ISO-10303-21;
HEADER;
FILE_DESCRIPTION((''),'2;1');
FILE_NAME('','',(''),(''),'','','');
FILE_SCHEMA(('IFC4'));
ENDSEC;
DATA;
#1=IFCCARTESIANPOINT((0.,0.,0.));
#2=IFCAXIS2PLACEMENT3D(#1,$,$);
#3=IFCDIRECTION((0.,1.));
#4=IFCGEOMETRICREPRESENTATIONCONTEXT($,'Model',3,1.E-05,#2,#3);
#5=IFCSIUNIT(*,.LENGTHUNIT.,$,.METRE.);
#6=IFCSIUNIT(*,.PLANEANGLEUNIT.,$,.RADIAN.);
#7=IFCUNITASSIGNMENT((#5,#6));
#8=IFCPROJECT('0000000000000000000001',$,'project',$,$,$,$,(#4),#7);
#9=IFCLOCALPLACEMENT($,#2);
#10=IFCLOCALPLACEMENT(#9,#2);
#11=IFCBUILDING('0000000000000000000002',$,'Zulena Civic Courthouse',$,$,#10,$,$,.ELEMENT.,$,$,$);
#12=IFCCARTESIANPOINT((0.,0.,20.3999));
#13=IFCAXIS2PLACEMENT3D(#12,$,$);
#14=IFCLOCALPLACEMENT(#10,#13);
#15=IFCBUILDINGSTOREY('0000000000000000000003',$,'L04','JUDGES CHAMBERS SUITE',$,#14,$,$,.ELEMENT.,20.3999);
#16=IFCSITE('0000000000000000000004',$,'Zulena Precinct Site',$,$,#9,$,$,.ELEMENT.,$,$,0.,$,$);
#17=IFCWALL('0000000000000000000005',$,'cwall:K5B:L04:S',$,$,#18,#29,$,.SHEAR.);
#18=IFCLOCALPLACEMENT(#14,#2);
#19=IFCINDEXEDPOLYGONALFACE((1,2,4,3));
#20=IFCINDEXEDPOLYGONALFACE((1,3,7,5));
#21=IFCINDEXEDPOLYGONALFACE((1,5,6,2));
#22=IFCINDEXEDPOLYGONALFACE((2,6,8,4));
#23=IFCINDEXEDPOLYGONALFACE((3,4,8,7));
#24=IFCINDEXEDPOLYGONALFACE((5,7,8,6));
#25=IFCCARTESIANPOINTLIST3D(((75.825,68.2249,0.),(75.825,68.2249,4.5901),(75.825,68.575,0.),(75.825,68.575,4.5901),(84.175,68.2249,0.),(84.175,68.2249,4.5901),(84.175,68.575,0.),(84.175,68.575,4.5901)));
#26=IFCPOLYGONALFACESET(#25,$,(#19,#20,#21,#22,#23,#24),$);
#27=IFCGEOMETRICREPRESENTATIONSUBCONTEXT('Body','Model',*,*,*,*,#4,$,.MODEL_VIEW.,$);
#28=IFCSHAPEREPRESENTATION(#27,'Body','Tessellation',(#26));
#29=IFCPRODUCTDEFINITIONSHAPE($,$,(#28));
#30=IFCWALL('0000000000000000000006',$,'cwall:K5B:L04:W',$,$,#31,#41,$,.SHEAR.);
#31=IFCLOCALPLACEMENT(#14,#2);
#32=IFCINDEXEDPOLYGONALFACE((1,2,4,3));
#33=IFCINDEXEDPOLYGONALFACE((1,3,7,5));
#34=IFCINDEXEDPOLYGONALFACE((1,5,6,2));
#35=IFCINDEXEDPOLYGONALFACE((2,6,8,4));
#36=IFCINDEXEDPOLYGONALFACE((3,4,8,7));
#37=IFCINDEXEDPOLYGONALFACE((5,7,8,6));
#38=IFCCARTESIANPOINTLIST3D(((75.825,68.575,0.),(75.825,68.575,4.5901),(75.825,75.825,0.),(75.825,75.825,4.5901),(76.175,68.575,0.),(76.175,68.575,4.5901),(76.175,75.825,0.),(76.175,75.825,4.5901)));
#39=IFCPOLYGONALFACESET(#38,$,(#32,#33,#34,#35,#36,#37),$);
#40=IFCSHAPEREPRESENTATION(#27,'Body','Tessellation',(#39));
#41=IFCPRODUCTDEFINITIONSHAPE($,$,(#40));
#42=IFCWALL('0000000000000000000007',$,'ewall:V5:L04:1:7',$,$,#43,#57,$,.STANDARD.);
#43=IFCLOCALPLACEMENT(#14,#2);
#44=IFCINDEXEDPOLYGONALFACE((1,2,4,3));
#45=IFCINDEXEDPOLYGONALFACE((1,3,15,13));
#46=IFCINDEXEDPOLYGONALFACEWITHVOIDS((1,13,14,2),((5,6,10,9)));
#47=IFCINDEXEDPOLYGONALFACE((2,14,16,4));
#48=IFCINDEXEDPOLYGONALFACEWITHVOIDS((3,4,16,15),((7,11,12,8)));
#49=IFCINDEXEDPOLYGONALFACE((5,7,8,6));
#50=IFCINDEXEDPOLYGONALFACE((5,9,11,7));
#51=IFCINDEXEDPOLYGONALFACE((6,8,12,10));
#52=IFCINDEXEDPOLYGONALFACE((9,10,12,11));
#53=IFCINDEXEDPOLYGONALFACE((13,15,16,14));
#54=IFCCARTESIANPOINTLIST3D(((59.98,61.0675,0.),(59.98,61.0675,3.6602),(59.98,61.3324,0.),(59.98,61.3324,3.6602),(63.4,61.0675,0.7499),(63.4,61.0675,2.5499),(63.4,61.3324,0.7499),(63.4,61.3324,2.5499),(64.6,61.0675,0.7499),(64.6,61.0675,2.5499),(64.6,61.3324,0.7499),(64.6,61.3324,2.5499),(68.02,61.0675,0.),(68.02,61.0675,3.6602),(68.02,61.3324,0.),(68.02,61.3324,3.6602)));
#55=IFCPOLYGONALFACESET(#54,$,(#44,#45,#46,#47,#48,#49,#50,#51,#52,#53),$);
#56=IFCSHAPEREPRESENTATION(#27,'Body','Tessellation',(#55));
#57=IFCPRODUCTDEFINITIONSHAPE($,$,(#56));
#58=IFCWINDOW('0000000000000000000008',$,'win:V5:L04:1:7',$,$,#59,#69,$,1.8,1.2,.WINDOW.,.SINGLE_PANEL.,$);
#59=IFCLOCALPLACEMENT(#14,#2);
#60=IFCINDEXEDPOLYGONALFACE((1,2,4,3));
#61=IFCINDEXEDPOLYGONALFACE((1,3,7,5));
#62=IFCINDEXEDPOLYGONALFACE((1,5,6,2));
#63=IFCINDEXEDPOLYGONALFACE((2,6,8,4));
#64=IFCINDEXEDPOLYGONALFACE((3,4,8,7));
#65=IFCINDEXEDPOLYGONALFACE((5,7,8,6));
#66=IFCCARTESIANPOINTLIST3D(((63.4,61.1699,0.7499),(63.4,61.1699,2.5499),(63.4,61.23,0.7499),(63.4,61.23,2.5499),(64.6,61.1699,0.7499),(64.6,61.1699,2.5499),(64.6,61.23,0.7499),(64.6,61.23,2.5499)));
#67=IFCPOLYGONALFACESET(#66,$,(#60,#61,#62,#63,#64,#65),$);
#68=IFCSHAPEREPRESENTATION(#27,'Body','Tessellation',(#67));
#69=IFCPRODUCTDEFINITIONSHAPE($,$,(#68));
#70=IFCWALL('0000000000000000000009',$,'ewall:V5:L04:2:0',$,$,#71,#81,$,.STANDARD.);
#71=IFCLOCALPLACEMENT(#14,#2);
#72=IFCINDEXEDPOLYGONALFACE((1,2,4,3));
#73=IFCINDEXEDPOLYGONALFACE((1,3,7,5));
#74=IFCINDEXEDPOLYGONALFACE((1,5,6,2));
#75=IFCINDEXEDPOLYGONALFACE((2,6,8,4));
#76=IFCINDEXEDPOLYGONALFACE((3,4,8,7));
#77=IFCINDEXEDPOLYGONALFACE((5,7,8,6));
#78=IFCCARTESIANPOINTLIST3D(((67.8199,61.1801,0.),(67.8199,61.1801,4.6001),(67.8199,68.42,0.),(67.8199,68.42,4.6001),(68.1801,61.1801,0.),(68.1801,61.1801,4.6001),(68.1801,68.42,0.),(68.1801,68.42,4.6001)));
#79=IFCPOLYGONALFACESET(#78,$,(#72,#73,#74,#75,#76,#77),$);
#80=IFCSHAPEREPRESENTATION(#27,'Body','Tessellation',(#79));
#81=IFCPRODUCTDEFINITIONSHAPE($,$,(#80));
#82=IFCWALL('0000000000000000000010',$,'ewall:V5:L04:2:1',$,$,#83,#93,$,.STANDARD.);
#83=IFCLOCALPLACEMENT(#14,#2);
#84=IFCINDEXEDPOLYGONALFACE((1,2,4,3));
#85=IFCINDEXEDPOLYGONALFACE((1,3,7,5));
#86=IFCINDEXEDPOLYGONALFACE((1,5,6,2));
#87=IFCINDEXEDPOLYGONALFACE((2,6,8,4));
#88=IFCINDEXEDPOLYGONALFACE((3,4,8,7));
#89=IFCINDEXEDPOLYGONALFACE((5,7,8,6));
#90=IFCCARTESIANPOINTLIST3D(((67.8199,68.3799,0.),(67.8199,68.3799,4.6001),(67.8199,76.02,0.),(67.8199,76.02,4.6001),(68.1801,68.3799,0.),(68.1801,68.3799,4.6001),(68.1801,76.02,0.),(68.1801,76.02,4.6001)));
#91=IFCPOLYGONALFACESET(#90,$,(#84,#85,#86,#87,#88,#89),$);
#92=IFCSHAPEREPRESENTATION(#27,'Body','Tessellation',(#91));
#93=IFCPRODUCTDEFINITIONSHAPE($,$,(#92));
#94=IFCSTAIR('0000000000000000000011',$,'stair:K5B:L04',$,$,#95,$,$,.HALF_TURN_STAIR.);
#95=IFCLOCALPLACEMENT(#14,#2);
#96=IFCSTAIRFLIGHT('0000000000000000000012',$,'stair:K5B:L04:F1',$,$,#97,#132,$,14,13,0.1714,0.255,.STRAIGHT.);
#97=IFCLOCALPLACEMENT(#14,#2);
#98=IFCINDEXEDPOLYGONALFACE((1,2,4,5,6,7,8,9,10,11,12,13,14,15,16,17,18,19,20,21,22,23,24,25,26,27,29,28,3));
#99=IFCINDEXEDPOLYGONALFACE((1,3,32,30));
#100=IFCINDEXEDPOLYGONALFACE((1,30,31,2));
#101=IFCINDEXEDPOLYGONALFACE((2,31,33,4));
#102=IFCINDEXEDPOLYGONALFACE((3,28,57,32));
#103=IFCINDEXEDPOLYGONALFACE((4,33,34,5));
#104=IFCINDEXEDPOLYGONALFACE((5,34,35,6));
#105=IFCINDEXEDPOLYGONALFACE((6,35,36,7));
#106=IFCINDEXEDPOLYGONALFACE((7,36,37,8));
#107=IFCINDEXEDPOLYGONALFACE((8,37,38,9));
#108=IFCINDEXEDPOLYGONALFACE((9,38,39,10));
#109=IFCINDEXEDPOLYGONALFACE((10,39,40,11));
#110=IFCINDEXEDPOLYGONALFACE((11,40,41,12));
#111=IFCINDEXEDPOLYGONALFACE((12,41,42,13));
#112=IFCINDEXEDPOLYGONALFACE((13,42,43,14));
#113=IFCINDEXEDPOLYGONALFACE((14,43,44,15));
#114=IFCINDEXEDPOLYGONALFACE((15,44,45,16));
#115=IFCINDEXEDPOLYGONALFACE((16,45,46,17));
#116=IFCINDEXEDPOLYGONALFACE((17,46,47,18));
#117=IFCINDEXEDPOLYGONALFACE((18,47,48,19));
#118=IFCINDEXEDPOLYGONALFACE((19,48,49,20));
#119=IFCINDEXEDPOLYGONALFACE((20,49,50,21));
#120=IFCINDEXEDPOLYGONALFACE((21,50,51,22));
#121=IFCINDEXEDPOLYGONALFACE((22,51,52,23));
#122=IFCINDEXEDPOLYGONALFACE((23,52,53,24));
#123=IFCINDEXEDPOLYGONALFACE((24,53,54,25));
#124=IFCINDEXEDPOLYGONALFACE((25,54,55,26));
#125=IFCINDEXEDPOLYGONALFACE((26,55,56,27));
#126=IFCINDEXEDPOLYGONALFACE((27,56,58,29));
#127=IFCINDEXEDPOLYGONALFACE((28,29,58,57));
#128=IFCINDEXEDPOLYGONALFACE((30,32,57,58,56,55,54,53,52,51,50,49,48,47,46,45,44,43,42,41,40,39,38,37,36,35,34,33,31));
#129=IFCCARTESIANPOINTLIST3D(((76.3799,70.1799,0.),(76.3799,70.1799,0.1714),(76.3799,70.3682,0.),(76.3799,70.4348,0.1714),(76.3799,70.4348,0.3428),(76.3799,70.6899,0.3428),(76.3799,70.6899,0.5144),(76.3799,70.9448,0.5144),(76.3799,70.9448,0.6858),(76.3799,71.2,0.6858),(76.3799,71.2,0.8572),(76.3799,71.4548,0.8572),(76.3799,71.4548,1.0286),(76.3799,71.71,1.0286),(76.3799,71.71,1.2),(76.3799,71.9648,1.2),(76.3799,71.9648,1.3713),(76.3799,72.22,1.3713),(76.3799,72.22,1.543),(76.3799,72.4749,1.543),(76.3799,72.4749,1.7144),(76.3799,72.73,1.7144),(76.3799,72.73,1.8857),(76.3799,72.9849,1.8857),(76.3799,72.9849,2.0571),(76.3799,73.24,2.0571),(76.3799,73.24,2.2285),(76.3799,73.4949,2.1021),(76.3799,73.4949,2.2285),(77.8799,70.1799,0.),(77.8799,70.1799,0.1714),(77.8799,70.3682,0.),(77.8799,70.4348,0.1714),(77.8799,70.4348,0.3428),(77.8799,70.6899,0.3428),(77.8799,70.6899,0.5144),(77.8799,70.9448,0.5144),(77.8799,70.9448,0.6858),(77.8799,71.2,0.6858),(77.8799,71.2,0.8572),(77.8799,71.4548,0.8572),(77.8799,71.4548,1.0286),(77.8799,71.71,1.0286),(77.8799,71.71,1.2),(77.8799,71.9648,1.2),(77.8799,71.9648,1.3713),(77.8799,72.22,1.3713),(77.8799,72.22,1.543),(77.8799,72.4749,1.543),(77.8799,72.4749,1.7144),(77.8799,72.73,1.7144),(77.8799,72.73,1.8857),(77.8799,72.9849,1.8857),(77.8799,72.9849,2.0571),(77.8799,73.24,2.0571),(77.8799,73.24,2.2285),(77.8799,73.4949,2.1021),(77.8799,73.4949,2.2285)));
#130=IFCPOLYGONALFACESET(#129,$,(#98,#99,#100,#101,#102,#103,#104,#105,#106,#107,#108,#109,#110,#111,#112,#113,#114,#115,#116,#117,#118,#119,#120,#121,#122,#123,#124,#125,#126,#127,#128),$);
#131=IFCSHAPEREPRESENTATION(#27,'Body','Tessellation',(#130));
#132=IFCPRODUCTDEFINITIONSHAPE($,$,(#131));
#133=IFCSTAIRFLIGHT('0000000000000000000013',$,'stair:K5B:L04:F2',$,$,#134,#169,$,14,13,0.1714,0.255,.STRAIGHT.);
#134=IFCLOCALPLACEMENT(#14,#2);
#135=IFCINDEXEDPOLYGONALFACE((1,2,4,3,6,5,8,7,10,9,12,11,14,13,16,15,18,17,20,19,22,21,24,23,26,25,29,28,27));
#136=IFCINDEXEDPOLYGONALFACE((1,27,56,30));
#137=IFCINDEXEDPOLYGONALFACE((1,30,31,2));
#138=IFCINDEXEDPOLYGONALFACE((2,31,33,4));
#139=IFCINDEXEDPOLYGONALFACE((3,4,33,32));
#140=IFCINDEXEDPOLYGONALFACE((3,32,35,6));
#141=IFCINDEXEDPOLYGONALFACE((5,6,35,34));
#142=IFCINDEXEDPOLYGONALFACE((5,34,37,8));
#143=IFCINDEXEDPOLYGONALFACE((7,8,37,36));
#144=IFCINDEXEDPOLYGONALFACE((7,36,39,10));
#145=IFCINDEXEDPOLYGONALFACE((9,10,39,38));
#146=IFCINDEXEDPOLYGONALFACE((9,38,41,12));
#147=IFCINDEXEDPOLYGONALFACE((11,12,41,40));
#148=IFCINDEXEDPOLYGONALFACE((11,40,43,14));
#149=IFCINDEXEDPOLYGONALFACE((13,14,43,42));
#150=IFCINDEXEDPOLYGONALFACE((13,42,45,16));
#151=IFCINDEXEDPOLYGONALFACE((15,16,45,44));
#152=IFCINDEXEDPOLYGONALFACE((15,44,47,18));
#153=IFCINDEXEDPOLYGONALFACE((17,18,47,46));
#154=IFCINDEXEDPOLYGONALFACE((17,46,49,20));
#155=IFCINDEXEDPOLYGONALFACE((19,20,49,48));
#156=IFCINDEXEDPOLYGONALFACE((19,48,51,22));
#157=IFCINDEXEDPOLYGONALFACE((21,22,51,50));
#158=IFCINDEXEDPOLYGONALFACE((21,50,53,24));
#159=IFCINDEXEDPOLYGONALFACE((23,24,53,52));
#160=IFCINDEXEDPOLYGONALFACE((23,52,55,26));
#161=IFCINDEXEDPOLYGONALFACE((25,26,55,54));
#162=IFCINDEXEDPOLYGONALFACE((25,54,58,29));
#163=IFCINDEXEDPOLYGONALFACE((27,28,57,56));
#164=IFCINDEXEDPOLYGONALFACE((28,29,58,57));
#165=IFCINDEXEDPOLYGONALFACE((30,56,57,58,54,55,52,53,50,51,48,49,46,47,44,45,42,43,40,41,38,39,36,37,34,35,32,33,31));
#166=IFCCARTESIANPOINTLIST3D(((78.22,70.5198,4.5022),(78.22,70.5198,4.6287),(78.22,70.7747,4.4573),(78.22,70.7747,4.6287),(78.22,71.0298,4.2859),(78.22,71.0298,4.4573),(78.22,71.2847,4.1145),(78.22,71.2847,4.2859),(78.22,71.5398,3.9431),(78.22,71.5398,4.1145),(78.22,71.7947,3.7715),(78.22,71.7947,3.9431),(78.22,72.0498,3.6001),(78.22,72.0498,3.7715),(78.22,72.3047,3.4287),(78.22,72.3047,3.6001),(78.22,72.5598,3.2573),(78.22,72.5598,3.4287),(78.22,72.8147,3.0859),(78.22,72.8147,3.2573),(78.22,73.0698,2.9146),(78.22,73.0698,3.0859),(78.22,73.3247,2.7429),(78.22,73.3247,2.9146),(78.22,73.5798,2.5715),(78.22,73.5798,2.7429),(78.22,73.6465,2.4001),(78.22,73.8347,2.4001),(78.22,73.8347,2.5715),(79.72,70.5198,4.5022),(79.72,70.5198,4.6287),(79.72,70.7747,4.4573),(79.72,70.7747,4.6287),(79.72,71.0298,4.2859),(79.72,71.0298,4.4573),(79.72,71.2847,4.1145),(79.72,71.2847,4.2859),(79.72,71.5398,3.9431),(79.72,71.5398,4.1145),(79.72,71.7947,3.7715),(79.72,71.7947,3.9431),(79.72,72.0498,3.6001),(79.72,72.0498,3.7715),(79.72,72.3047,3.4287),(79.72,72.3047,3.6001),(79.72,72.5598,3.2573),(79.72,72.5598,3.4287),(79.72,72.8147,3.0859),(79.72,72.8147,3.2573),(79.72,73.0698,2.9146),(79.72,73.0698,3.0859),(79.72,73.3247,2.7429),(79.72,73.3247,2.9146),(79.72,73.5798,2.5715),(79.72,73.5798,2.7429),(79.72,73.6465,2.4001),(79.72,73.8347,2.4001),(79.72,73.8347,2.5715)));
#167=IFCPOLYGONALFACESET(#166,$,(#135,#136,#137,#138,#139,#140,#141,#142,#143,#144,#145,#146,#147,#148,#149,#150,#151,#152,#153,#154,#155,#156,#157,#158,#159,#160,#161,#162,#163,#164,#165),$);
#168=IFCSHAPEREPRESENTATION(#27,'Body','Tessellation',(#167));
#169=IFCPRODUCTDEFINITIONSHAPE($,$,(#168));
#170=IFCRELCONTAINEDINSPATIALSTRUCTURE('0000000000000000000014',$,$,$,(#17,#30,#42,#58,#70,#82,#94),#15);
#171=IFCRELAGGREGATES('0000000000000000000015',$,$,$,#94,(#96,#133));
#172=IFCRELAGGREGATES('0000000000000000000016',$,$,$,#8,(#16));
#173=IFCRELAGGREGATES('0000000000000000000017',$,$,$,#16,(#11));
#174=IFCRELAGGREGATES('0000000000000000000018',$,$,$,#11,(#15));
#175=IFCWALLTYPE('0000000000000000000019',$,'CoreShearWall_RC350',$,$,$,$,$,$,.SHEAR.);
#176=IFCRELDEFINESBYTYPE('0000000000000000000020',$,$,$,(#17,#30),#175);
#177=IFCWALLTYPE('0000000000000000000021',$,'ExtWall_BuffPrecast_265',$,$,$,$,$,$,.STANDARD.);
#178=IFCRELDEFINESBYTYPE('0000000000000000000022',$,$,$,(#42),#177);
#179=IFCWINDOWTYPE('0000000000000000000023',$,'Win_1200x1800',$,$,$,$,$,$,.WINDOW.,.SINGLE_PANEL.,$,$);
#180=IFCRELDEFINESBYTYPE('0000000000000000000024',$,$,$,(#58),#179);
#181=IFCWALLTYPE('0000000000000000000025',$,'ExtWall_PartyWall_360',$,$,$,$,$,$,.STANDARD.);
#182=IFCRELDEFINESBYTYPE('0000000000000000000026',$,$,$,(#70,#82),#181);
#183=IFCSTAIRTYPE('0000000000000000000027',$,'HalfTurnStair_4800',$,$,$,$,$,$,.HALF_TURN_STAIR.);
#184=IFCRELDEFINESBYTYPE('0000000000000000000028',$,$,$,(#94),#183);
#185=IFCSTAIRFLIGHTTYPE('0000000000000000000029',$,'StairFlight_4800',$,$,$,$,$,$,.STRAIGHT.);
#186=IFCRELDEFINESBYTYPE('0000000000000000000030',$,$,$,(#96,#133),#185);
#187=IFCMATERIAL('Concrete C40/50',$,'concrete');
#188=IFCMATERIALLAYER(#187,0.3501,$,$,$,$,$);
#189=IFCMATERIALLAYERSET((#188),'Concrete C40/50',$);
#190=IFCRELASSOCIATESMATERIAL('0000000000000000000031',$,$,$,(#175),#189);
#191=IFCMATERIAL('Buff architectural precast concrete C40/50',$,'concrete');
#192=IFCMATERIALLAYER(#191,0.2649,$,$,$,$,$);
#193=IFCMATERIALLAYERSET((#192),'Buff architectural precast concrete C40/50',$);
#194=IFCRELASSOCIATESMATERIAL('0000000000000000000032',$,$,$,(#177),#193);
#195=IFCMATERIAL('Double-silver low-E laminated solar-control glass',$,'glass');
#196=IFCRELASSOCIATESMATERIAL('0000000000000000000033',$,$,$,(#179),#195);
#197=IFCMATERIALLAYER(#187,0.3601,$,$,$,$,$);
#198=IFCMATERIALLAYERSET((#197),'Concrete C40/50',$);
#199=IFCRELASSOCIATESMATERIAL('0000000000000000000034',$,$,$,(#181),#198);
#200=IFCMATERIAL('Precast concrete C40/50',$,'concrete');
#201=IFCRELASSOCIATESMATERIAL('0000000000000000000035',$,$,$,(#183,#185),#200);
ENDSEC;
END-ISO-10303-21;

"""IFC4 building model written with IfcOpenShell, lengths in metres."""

from ifc_helpers import new_model, si_unit, direction, frame, frame_2d, origin, place, context, subcontext, project, spatial, polyline, rectangle, outline, extrude, material, layer, layer_set, type_object, element, fill, aggregate, save


model = new_model("IFC4")

# Units and contexts
model_context = context("Model", 3, precision=1e-05, world=origin(), true_north=direction((0.0, 1.0)))
body_context = subcontext(model_context, "Body", "Model", "MODEL_VIEW")
ifc_project = project(units=[si_unit("LENGTHUNIT", "METRE"), si_unit("PLANEANGLEUNIT", "RADIAN")], contexts=[model_context])

# Site, building, storey
site_placement = place(None, origin())
site = spatial("IfcSite", under=ifc_project, at=site_placement, Name="Zulena Precinct Site", CompositionType="ELEMENT", RefElevation=0.0)
building_placement = place(site_placement, origin())
building = spatial("IfcBuilding", under=site, at=building_placement, Name="Zulena Civic Courthouse", CompositionType="ELEMENT")
storey_placement = place(building_placement, frame((0.0, 0.0, 20.3999)))
storey = spatial("IfcBuildingStorey", under=building, at=storey_placement, Name="L04", Description="JUDGES CHAMBERS SUITE", CompositionType="ELEMENT", Elevation=20.3999)

# Walls
ifc_material_1 = material(Name="Concrete C40/50", Category="concrete")
ifc_layer_1 = layer(ifc_material_1, 0.3501)
ifc_layer_set_1 = layer_set([ifc_layer_1], Name="Concrete C40/50")
wall_type_1 = type_object("IfcWallType", Name="CoreShearWall_RC350", PredefinedType="SHEAR", material=ifc_layer_set_1)
wall_1_placement = place(storey_placement, frame((75.825, 68.3999, 0.0), z_axis=(0.0, 0.0, 1.0), x_axis=(1.0, 0.0, 0.0)))
element("IfcWall", 1, at=wall_1_placement, inside=storey, type_object=wall_type_1, Name="cwall:K5B:L04:S", PredefinedType="SHEAR", context=body_context, shape_type="SweptSolid", body=[
    extrude(rectangle(XDim=8.3501, YDim=0.3501, at=frame_2d((4.175, 0.0))), origin(), (0.0, 0.0, 1.0), 4.5901),
])
wall_2_placement = place(storey_placement, frame((76.0, 68.575, 0.0), z_axis=(0.0, 0.0, 1.0), x_axis=(0.0, 1.0, 0.0)))
element("IfcWall", 2, at=wall_2_placement, inside=storey, type_object=wall_type_1, Name="cwall:K5B:L04:W", PredefinedType="SHEAR", context=body_context, shape_type="SweptSolid", body=[
    extrude(rectangle(XDim=7.25, YDim=0.3501, at=frame_2d((3.625, 0.0))), origin(), (0.0, 0.0, 1.0), 4.5901),
])

# Wall, opening, window
ifc_material_2 = material(Name="Buff architectural precast concrete C40/50", Category="concrete")
ifc_layer_2 = layer(ifc_material_2, 0.2649)
ifc_layer_set_2 = layer_set([ifc_layer_2], Name="Buff architectural precast concrete C40/50")
wall_type_2 = type_object("IfcWallType", Name="ExtWall_BuffPrecast_265", PredefinedType="STANDARD", material=ifc_layer_set_2)
wall_3_placement = place(storey_placement, frame((59.98, 61.2, 0.0), z_axis=(0.0, 0.0, 1.0), x_axis=(1.0, 0.0, 0.0)))
wall_3 = element("IfcWall", 3, at=wall_3_placement, inside=storey, type_object=wall_type_2, Name="ewall:V5:L04:1:7", PredefinedType="STANDARD", context=body_context, shape_type="SweptSolid", body=[
    extrude(rectangle(XDim=8.04, YDim=0.2649, at=frame_2d((4.02, 0.0))), origin(), (0.0, 0.0, 1.0), 3.6602),
])
opening_placement = place(wall_3_placement, frame((3.4199, 0.0, 0.75)))
opening = element("IfcOpeningElement", 4, at=opening_placement, cuts=wall_3, PredefinedType="OPENING", context=body_context, shape_type="SweptSolid", body=[
    extrude(rectangle(XDim=1.2, YDim=1.8, at=frame_2d((0.6001, 0.8999))), frame((0.0, 0.1423, 0.0), z_axis=(0.0, -1.0, 0.0), x_axis=(1.0, 0.0, 0.0)), (0.0, 0.0, 1.0), 0.2849),
])
ifc_material_3 = material(Name="Double-silver low-E laminated solar-control glass", Category="glass")
window_type = type_object("IfcWindowType", Name="Win_1200x1800", PartitioningType="SINGLE_PANEL", PredefinedType="WINDOW", material=ifc_material_3)
window_placement = place(opening_placement, origin())
window = element("IfcWindow", 5, at=window_placement, inside=storey, type_object=window_type, Name="win:V5:L04:1:7", OverallHeight=1.8, OverallWidth=1.2, PartitioningType="SINGLE_PANEL", PredefinedType="WINDOW", context=body_context, shape_type="SweptSolid", body=[
    extrude(rectangle(XDim=1.2, YDim=1.8, at=frame_2d((0.6001, 0.8999))), frame((0.0, 0.03, 0.0), z_axis=(0.0, -1.0, 0.0), x_axis=(1.0, 0.0, 0.0)), (0.0, 0.0, 1.0), 0.0601),
])
fill(opening, window)

# Walls
ifc_layer_3 = layer(ifc_material_1, 0.3601)
ifc_layer_set_3 = layer_set([ifc_layer_3], Name="Concrete C40/50")
wall_type_3 = type_object("IfcWallType", Name="ExtWall_PartyWall_360", PredefinedType="STANDARD", material=ifc_layer_set_3)
wall_4_placement = place(storey_placement, frame((68.0, 61.1799, 0.0), z_axis=(0.0, 0.0, 1.0), x_axis=(0.0, 1.0, 0.0)))
element("IfcWall", 6, at=wall_4_placement, inside=storey, type_object=wall_type_3, Name="ewall:V5:L04:2:0", PredefinedType="STANDARD", context=body_context, shape_type="SweptSolid", body=[
    extrude(rectangle(XDim=7.24, YDim=0.3601, at=frame_2d((3.6201, 0.0))), origin(), (0.0, 0.0, 1.0), 4.6001),
])
wall_5_placement = place(storey_placement, frame((68.0, 68.3799, 0.0), z_axis=(0.0, 0.0, 1.0), x_axis=(0.0, 1.0, 0.0)))
element("IfcWall", 7, at=wall_5_placement, inside=storey, type_object=wall_type_3, Name="ewall:V5:L04:2:1", PredefinedType="STANDARD", context=body_context, shape_type="SweptSolid", body=[
    extrude(rectangle(XDim=7.6401, YDim=0.3601, at=frame_2d((3.8201, 0.0))), origin(), (0.0, 0.0, 1.0), 4.6001),
])

# Stair, stair flights
ifc_material_4 = material(Name="Precast concrete C40/50", Category="concrete")
stair_type = type_object("IfcStairType", Name="HalfTurnStair_4800", PredefinedType="HALF_TURN_STAIR", material=ifc_material_4)
stair_placement = place(storey_placement, origin())
stair = element("IfcStair", 8, at=stair_placement, inside=storey, type_object=stair_type, Name="stair:K5B:L04", PredefinedType="HALF_TURN_STAIR")
stair_flight_type = type_object("IfcStairFlightType", Name="StairFlight_4800", PredefinedType="STRAIGHT", material=ifc_material_4)
stair_flight_1_placement = place(storey_placement, frame((77.1299, 70.1799, 0.0), z_axis=(0.0, 0.0, 1.0), x_axis=(0.0, 1.0, 0.0)))
stair_flight_1 = element("IfcStairFlight", 9, at=stair_flight_1_placement, type_object=stair_flight_type, Name="stair:K5B:L04:F1", NumberOfRisers=14, NumberOfTreads=13, PredefinedType="STRAIGHT", RiserHeight=0.1714, TreadLength=0.255, context=body_context, shape_type="SweptSolid", body=[
    extrude(outline(polyline([(0.0, 0.0), (0.0, 0.1714), (0.2549, 0.1714), (0.2549, 0.3428), (0.51, 0.3428), (0.51, 0.5144), (0.7649, 0.5144), (0.7649, 0.6858), (1.02, 0.6858), (1.02, 0.8572), (1.2749, 0.8572), (1.2749, 1.0286), (1.53, 1.0286), (1.53, 1.2), (1.7849, 1.2), (1.7849, 1.3713), (2.04, 1.3713), (2.04, 1.543), (2.2949, 1.543), (2.2949, 1.7144), (2.55, 1.7144), (2.55, 1.8857), (2.8049, 1.8857), (2.8049, 2.0571), (3.0601, 2.0571), (3.0601, 2.2285), (3.3149, 2.2285), (3.3149, 2.3999), (3.3149, 2.1021), (0.1882, 0.0), (0.0, 0.0)])), frame((0.0, 0.75, 0.0), z_axis=(0.0, -1.0, 0.0), x_axis=(1.0, 0.0, 0.0)), (0.0, 0.0, 1.0), 1.5),
])
stair_flight_2_placement = place(storey_placement, frame((78.97, 73.8347, 2.4001), z_axis=(0.0, 0.0, 1.0), x_axis=(0.0, -1.0, 0.0)))
stair_flight_2 = element("IfcStairFlight", 10, at=stair_flight_2_placement, type_object=stair_flight_type, Name="stair:K5B:L04:F2", NumberOfRisers=14, NumberOfTreads=13, PredefinedType="STRAIGHT", RiserHeight=0.1714, TreadLength=0.255, context=body_context, shape_type="SweptSolid", body=[
    extrude(outline(polyline([(0.0, 0.0), (0.0, 0.1714), (0.2549, 0.1714), (0.2549, 0.3428), (0.51, 0.3428), (0.51, 0.5144), (0.7649, 0.5144), (0.7649, 0.6858), (1.02, 0.6858), (1.02, 0.8572), (1.2749, 0.8572), (1.2749, 1.0286), (1.53, 1.0286), (1.53, 1.2), (1.7849, 1.2), (1.7849, 1.3713), (2.04, 1.3713), (2.04, 1.543), (2.2949, 1.543), (2.2949, 1.7144), (2.55, 1.7144), (2.55, 1.8857), (2.8049, 1.8857), (2.8049, 2.0571), (3.0601, 2.0571), (3.0601, 2.2285), (3.3149, 2.2285), (3.3149, 2.3999), (3.3149, 2.1021), (0.1882, 0.0), (0.0, 0.0)])), frame((0.0, 0.75, 0.0), z_axis=(0.0, -1.0, 0.0), x_axis=(1.0, 0.0, 0.0)), (0.0, 0.0, 1.0), 1.5),
])
aggregate(stair, [stair_flight_1, stair_flight_2])

save(model, "model.ifc")
